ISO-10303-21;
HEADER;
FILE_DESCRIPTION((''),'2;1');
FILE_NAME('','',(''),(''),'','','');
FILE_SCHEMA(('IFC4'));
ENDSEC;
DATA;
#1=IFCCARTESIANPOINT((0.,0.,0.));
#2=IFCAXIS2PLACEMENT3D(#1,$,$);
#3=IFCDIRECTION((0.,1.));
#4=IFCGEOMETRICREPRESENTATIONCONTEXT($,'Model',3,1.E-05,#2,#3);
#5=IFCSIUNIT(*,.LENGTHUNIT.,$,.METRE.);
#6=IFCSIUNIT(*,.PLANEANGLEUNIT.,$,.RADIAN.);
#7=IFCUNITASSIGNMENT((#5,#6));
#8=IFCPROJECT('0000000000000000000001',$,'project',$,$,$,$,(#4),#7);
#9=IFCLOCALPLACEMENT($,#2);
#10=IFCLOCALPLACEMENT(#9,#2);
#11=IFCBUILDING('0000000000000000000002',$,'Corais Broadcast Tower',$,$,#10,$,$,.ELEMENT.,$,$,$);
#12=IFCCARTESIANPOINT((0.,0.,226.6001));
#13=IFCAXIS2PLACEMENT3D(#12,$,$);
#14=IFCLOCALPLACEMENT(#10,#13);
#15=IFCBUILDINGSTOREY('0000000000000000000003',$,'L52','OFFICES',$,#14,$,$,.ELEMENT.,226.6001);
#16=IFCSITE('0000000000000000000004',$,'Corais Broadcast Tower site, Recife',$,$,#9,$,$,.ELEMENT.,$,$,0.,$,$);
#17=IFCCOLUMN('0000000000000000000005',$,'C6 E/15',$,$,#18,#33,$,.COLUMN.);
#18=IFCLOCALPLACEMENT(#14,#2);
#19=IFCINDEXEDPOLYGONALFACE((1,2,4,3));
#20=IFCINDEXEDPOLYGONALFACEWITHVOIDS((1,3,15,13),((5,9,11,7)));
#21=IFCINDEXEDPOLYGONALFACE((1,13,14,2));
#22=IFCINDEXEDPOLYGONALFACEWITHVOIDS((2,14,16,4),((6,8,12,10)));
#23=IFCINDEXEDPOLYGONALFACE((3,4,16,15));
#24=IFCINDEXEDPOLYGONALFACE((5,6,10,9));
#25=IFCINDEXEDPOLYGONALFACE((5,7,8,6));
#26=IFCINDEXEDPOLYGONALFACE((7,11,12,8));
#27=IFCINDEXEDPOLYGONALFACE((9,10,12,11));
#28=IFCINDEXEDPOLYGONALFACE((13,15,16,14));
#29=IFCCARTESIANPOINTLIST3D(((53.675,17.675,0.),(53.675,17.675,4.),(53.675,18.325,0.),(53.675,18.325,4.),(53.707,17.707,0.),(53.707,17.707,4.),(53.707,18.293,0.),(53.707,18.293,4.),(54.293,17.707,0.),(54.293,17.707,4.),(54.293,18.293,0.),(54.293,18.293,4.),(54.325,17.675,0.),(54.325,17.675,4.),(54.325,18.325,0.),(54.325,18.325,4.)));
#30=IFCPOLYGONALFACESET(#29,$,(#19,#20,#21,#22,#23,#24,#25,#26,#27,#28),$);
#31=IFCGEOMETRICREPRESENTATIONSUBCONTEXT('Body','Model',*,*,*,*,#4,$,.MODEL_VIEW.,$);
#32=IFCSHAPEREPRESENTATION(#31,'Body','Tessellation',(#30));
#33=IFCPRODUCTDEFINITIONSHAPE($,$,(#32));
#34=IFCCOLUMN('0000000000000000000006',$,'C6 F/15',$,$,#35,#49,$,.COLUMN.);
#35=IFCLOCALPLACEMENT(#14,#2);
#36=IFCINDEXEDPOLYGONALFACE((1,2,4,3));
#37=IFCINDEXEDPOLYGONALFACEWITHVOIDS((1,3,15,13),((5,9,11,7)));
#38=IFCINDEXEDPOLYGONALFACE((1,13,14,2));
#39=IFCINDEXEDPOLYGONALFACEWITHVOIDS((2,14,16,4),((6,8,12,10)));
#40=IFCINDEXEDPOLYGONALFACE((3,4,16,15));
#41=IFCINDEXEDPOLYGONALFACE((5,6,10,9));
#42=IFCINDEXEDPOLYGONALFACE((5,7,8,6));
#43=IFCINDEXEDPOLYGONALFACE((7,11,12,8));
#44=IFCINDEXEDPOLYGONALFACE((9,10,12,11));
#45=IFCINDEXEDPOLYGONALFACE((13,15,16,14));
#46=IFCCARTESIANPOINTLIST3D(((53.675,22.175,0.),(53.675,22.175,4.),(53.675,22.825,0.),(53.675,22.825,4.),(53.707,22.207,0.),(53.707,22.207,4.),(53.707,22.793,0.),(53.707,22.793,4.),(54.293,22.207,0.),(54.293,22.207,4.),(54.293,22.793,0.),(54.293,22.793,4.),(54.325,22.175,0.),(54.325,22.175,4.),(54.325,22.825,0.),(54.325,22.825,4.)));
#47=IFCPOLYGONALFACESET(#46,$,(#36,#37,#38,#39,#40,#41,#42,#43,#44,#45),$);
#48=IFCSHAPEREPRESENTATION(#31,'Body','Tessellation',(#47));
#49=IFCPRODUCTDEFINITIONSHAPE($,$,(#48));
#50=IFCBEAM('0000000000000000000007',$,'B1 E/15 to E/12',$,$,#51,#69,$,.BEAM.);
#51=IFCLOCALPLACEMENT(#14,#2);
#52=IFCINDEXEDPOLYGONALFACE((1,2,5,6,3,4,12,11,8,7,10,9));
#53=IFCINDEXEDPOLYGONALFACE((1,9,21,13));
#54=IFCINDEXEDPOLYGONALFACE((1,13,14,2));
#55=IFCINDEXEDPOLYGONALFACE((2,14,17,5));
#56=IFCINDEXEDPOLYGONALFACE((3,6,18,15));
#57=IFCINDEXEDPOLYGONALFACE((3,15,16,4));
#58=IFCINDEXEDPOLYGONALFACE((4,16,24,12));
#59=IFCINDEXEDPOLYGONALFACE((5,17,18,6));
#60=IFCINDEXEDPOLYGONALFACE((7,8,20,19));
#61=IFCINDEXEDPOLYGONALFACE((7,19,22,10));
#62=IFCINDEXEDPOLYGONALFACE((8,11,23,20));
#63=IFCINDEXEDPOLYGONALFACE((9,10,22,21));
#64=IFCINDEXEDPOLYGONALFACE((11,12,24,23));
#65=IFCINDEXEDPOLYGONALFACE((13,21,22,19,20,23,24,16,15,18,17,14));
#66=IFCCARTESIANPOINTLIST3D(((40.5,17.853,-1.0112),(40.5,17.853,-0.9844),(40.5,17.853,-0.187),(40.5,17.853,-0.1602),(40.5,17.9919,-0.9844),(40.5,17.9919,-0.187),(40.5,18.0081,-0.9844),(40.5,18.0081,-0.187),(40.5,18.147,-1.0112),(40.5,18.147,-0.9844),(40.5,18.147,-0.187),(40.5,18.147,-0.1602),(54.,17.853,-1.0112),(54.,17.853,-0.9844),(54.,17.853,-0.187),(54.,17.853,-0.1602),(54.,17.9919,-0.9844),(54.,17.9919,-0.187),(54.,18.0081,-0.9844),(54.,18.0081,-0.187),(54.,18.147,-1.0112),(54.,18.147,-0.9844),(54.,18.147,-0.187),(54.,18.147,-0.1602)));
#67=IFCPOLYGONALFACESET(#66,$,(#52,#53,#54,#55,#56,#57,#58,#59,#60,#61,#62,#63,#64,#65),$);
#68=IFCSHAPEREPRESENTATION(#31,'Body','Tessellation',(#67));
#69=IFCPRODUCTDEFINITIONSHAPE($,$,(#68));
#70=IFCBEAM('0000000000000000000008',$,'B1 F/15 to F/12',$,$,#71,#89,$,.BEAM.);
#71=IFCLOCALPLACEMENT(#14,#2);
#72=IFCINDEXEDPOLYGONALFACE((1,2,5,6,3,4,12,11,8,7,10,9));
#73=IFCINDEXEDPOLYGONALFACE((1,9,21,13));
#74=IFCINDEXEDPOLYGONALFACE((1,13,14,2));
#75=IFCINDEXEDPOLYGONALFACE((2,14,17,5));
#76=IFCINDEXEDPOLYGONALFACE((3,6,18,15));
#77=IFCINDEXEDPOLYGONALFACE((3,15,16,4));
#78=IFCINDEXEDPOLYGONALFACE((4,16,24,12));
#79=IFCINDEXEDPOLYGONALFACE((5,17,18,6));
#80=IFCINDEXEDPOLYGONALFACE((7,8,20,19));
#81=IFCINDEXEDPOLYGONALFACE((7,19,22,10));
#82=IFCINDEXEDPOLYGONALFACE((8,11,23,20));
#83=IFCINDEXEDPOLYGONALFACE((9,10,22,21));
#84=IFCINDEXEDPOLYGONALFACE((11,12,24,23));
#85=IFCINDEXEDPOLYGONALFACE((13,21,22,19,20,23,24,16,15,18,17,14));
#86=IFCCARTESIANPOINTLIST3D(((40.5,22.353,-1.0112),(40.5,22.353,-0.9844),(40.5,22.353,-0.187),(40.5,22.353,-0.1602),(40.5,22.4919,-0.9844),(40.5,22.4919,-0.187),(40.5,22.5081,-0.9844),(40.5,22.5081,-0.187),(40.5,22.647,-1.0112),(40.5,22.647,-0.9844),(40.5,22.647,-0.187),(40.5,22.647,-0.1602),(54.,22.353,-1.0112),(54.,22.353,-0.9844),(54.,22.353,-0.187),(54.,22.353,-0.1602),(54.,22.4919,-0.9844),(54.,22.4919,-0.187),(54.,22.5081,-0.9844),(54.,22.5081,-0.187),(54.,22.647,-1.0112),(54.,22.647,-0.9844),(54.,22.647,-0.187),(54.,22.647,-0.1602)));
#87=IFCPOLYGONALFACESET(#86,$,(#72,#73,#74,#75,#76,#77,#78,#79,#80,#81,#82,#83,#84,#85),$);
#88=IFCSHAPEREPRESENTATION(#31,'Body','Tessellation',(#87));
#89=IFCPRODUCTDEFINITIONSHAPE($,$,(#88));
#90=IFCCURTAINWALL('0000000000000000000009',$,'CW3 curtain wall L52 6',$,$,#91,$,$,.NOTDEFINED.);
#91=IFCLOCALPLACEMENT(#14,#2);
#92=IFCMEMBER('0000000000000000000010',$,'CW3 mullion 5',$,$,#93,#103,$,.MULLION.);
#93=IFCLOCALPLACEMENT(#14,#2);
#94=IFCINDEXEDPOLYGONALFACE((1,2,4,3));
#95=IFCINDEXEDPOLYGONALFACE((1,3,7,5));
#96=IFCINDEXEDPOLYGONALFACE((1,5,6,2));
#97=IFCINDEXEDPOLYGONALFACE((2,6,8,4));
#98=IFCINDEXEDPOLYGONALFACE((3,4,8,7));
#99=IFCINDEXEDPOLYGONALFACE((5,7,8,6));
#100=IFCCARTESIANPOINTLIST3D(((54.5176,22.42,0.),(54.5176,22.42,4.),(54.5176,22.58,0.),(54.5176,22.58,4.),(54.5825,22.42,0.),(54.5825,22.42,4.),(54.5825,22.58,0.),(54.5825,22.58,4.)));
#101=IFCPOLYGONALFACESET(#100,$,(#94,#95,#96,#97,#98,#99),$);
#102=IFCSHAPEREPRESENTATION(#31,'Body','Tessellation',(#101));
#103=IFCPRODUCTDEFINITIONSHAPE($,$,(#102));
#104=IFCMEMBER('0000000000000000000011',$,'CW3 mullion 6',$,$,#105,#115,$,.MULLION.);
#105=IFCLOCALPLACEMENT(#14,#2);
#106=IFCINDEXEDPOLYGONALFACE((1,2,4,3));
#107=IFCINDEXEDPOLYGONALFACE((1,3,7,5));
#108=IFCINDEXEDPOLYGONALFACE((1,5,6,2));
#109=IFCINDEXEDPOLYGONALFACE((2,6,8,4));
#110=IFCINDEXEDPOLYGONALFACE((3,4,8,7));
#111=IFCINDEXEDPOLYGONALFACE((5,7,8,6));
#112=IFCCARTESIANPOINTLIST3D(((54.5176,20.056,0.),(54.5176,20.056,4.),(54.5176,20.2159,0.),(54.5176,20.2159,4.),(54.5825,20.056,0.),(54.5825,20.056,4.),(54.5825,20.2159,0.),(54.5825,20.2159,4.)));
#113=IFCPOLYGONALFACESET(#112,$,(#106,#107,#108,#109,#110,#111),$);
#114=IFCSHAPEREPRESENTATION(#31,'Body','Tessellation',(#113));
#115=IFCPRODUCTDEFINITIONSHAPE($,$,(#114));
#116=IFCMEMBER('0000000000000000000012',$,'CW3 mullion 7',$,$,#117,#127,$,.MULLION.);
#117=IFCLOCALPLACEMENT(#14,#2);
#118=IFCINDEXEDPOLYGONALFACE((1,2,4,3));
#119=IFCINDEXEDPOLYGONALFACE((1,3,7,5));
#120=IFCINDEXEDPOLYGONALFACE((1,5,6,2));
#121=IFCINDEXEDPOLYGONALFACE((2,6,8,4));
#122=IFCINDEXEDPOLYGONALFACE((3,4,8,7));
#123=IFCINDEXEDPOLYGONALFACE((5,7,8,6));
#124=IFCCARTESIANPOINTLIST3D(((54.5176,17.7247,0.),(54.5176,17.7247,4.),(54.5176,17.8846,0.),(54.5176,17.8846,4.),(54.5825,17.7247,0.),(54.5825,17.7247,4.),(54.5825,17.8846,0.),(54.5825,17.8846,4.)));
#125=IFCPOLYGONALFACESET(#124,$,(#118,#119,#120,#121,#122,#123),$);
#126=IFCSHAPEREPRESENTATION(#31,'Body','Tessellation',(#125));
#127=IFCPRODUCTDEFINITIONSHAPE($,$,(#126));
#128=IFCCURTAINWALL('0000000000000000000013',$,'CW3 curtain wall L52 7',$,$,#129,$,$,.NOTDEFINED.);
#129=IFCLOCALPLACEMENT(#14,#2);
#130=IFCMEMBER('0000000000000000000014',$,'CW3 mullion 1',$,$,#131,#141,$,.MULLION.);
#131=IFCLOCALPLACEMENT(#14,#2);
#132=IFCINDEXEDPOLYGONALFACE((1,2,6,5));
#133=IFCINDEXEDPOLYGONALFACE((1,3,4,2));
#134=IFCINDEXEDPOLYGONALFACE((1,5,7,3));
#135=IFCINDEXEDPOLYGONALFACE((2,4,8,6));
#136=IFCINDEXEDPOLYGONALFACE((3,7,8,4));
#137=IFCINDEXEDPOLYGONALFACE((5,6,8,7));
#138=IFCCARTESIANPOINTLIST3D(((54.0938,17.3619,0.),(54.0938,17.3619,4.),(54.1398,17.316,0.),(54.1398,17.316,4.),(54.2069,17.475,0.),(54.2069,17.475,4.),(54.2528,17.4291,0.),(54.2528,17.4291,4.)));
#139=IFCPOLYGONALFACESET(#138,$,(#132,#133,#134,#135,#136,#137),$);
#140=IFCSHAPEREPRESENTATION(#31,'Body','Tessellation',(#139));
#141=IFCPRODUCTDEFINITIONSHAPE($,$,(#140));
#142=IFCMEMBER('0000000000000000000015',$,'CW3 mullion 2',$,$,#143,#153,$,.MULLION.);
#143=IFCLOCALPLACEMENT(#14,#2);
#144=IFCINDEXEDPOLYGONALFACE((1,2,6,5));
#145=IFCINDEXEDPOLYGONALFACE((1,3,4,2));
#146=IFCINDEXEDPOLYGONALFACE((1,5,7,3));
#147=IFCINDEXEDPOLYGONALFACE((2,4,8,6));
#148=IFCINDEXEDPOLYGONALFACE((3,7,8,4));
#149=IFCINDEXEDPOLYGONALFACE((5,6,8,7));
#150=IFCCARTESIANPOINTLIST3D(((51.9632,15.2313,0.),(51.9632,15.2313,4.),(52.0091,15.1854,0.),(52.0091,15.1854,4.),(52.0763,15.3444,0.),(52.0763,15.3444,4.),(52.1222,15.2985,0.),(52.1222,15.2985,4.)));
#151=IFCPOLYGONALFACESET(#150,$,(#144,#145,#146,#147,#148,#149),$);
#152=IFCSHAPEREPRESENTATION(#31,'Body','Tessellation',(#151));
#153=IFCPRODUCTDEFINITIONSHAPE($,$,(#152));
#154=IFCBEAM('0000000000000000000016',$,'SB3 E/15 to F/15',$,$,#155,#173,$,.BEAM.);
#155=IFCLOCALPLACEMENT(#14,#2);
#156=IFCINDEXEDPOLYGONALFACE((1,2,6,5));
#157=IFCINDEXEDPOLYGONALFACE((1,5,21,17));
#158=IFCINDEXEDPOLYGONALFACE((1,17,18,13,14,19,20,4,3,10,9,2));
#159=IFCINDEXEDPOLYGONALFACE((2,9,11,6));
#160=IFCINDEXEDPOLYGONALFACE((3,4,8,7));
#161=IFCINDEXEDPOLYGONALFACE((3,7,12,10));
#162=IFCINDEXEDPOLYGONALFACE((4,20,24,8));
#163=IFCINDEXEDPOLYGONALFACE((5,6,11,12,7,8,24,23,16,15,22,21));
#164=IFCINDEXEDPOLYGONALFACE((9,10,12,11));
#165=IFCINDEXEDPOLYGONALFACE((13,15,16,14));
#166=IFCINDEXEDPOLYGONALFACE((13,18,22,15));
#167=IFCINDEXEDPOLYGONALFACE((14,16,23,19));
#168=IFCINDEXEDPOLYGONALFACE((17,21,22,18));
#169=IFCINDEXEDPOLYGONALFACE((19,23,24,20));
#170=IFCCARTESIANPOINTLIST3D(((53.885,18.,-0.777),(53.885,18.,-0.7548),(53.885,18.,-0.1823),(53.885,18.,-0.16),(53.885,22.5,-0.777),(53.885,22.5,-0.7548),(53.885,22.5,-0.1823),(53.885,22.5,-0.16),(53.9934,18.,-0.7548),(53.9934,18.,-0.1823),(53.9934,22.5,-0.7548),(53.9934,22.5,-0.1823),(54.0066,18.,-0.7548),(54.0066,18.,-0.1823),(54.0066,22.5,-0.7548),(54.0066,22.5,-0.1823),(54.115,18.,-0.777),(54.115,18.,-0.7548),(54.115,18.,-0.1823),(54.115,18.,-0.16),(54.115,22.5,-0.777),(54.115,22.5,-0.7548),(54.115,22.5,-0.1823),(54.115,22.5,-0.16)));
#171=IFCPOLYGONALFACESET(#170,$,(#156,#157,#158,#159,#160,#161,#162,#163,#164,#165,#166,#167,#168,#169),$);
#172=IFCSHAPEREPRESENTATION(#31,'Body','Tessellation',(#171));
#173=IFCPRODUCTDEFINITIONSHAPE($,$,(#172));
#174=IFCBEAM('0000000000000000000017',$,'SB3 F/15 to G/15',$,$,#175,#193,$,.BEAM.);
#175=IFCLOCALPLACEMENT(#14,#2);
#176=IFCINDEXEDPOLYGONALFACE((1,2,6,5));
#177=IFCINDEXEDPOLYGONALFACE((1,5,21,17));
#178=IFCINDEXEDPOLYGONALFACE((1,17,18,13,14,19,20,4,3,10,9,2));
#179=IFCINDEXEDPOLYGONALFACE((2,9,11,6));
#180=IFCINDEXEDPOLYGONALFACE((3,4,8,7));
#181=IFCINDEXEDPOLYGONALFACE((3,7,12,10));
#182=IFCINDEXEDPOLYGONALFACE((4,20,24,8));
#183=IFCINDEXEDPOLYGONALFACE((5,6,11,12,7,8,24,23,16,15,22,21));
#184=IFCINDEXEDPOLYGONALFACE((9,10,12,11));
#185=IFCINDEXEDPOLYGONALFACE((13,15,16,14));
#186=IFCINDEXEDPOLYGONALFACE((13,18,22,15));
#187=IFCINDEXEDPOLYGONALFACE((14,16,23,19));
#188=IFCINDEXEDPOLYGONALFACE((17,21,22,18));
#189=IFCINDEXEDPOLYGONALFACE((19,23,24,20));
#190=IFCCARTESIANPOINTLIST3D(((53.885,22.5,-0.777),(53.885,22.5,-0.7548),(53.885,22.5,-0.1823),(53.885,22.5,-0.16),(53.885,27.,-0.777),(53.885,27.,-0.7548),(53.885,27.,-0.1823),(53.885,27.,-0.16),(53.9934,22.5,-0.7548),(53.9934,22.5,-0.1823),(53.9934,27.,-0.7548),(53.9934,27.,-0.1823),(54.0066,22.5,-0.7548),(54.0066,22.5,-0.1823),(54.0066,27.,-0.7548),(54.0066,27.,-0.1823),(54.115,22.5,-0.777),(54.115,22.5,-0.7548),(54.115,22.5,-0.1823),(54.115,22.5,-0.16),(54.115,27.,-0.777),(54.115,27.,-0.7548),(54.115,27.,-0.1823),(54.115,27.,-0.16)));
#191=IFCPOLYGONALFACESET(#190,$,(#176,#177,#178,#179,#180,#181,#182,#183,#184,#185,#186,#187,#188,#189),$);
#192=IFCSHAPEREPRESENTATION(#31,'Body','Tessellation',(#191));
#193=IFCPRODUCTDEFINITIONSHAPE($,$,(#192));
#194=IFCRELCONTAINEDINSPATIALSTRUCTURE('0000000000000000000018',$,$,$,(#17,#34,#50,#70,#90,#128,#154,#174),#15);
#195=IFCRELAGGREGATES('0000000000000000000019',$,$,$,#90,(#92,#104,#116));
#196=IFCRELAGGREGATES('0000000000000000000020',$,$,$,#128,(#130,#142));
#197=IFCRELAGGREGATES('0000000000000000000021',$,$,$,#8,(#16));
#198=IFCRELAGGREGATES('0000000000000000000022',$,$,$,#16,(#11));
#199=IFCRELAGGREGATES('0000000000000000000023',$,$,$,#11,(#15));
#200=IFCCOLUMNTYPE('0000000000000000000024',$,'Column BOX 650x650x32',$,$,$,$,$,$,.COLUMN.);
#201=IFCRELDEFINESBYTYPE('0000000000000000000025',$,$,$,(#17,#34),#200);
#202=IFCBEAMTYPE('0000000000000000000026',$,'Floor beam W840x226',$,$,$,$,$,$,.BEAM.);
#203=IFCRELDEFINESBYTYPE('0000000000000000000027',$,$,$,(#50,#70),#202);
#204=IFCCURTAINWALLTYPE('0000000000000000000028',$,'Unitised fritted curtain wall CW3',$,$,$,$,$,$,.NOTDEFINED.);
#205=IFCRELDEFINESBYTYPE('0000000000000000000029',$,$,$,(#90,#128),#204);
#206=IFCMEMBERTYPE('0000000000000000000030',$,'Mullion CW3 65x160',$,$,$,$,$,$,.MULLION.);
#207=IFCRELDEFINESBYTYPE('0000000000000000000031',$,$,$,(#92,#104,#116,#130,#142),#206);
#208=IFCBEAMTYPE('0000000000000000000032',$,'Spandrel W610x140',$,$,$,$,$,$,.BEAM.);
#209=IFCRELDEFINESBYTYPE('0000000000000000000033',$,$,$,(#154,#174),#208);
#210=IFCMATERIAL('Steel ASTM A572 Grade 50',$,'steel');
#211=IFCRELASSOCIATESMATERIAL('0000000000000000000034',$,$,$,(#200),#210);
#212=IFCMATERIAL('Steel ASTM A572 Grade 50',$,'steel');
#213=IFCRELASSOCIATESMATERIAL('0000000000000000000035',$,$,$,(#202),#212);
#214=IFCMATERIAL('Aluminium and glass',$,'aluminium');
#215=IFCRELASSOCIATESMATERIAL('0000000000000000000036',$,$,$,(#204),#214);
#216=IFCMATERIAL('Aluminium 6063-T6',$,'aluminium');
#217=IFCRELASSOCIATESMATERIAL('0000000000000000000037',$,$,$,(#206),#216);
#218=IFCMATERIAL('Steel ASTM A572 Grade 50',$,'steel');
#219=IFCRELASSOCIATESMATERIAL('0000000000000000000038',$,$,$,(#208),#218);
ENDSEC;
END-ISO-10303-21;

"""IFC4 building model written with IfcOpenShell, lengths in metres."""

from ifc_helpers import new_model, si_unit, direction, frame, origin, origin_2d, place, context, subcontext, project, spatial, rectangle, hollow_rectangle, i_section, extrude, material, material_profile, profile_set, type_object, element, aggregate, save


model = new_model("IFC4")

# Units and contexts
model_context = context("Model", 3, precision=1e-05, world=origin(), true_north=direction((0.0, 1.0)))
body_context = subcontext(model_context, "Body", "Model", "MODEL_VIEW")
ifc_project = project(units=[si_unit("LENGTHUNIT", "METRE"), si_unit("PLANEANGLEUNIT", "RADIAN")], contexts=[model_context])

# Site, building, storey
site_placement = place(None, origin())
site = spatial("IfcSite", under=ifc_project, at=site_placement, Name="Corais Broadcast Tower site, Recife", CompositionType="ELEMENT", RefElevation=0.0)
building_placement = place(site_placement, origin())
building = spatial("IfcBuilding", under=site, at=building_placement, Name="Corais Broadcast Tower", CompositionType="ELEMENT")
storey_placement = place(building_placement, frame((0.0, 0.0, 226.6001)))
storey = spatial("IfcBuildingStorey", under=building, at=storey_placement, Name="L52", Description="OFFICES", CompositionType="ELEMENT", Elevation=226.6001)

# Columns
ifc_material_1 = material(Name="Steel ASTM A572 Grade 50", Category="steel")
ifc_material_profile_1 = material_profile(ifc_material_1, hollow_rectangle(XDim=0.6499, YDim=0.6499, WallThickness=0.032, at=origin_2d()), Name="BOX 650x650x32")
ifc_profile_set_1 = profile_set([ifc_material_profile_1], Name="Steel ASTM A572 Grade 50")
column_type = type_object("IfcColumnType", Name="Column BOX 650x650x32", PredefinedType="COLUMN", material=ifc_profile_set_1)
for number, where, z_axis, x_axis, name in (
    (1, (54.0, 18.0, 0.0), (0.0, 0.0, 1.0), (1.0, 0.0, 0.0), "C6 E/15"),
    (2, (54.0, 22.5, 0.0), (0.0, 0.0, 1.0), (1.0, 0.0, 0.0), "C6 F/15"),
):
    element("IfcColumn", number, at=place(storey_placement, frame(where, z_axis=z_axis, x_axis=x_axis)), inside=storey, type_object=column_type, Name=name, PredefinedType="COLUMN", context=body_context, shape_type="SweptSolid", body=[
        extrude(hollow_rectangle(XDim=0.6499, YDim=0.6499, WallThickness=0.032, at=origin_2d()), origin(), (0.0, 0.0, 1.0), 4.0),
    ])

# Beams
ifc_material_2 = material(Name="Steel ASTM A572 Grade 50", Category="steel")
ifc_material_profile_2 = material_profile(ifc_material_2, i_section(OverallWidth=0.2939, OverallDepth=0.8511, WebThickness=0.0161, FlangeThickness=0.0269, at=origin_2d()), Name="W840x226")
ifc_profile_set_2 = profile_set([ifc_material_profile_2], Name="Steel ASTM A572 Grade 50")
beam_type_1 = type_object("IfcBeamType", Name="Floor beam W840x226", PredefinedType="BEAM", material=ifc_profile_set_2)
for number, where, z_axis, x_axis, name in (
    (3, (54.0, 18.0, -0.5857), (-1.0, 0.0, 0.0), (0.0, -1.0, 0.0), "B1 E/15 to E/12"),
    (4, (54.0, 22.5, -0.5857), (-1.0, 0.0, 0.0), (0.0, -1.0, 0.0), "B1 F/15 to F/12"),
):
    element("IfcBeam", number, at=place(storey_placement, frame(where, z_axis=z_axis, x_axis=x_axis)), inside=storey, type_object=beam_type_1, Name=name, PredefinedType="BEAM", context=body_context, shape_type="SweptSolid", body=[
        extrude(i_section(OverallWidth=0.2939, OverallDepth=0.8511, WebThickness=0.0161, FlangeThickness=0.0269, at=origin_2d()), origin(), (0.0, 0.0, 1.0), 13.5),
    ])

# Curtain walls, members
ifc_material_3 = material(Name="Aluminium and glass", Category="aluminium")
curtain_wall_type = type_object("IfcCurtainWallType", Name="Unitised fritted curtain wall CW3", PredefinedType="NOTDEFINED", material=ifc_material_3)
curtain_wall_1_placement = place(storey_placement, origin())
curtain_wall_1 = element("IfcCurtainWall", 5, at=curtain_wall_1_placement, inside=storey, type_object=curtain_wall_type, Name="CW3 curtain wall L52 6", PredefinedType="NOTDEFINED")
ifc_material_4 = material(Name="Aluminium 6063-T6", Category="aluminium")
ifc_material_profile_3 = material_profile(ifc_material_4, rectangle(XDim=0.0649, YDim=0.1599, at=origin_2d()), Name="Mullion CW3 65x160")
ifc_profile_set_3 = profile_set([ifc_material_profile_3], Name="Aluminium 6063-T6")
member_type_1 = type_object("IfcMemberType", Name="Mullion CW3 65x160", PredefinedType="MULLION", material=ifc_profile_set_3)
member_1_placement = place(storey_placement, frame((54.55, 22.5, 0.0), z_axis=(0.0, 0.0, 1.0), x_axis=(1.0, 0.0, 0.0)))
member_1 = element("IfcMember", 6, at=member_1_placement, type_object=member_type_1, Name="CW3 mullion 5", PredefinedType="MULLION", context=body_context, shape_type="SweptSolid", body=[
    extrude(rectangle(XDim=0.0649, YDim=0.1599, at=origin_2d()), origin(), (0.0, 0.0, 1.0), 4.0),
])
member_2_placement = place(storey_placement, frame((54.55, 20.136, 0.0), z_axis=(0.0, 0.0, 1.0), x_axis=(1.0, 0.0, 0.0)))
member_2 = element("IfcMember", 7, at=member_2_placement, type_object=member_type_1, Name="CW3 mullion 6", PredefinedType="MULLION", context=body_context, shape_type="SweptSolid", body=[
    extrude(rectangle(XDim=0.0649, YDim=0.1599, at=origin_2d()), origin(), (0.0, 0.0, 1.0), 4.0),
])
member_3_placement = place(storey_placement, frame((54.55, 17.8047, 0.0), z_axis=(0.0, 0.0, 1.0), x_axis=(1.0, 0.0, 0.0)))
member_3 = element("IfcMember", 8, at=member_3_placement, type_object=member_type_1, Name="CW3 mullion 7", PredefinedType="MULLION", context=body_context, shape_type="SweptSolid", body=[
    extrude(rectangle(XDim=0.0649, YDim=0.1599, at=origin_2d()), origin(), (0.0, 0.0, 1.0), 4.0),
])
curtain_wall_2_placement = place(storey_placement, origin())
curtain_wall_2 = element("IfcCurtainWall", 9, at=curtain_wall_2_placement, inside=storey, type_object=curtain_wall_type, Name="CW3 curtain wall L52 7", PredefinedType="NOTDEFINED")
member_4_placement = place(storey_placement, frame((54.1733, 17.3955, 0.0), z_axis=(0.0, 0.0, 1.0), x_axis=(0.707107, -0.707107, 0.0)))
member_4 = element("IfcMember", 10, at=member_4_placement, type_object=member_type_1, Name="CW3 mullion 1", PredefinedType="MULLION", context=body_context, shape_type="SweptSolid", body=[
    extrude(rectangle(XDim=0.0649, YDim=0.1599, at=origin_2d()), origin(), (0.0, 0.0, 1.0), 4.0),
])
member_5_placement = place(storey_placement, frame((52.0427, 15.2649, 0.0), z_axis=(0.0, 0.0, 1.0), x_axis=(0.707107, -0.707107, 0.0)))
member_5 = element("IfcMember", 11, at=member_5_placement, type_object=member_type_1, Name="CW3 mullion 2", PredefinedType="MULLION", context=body_context, shape_type="SweptSolid", body=[
    extrude(rectangle(XDim=0.0649, YDim=0.1599, at=origin_2d()), origin(), (0.0, 0.0, 1.0), 4.0),
])

# Beams
ifc_material_5 = material(Name="Steel ASTM A572 Grade 50", Category="steel")
ifc_material_profile_4 = material_profile(ifc_material_5, i_section(OverallWidth=0.23, OverallDepth=0.6169, WebThickness=0.0132, FlangeThickness=0.0222, at=origin_2d()), Name="W610x140")
ifc_profile_set_4 = profile_set([ifc_material_profile_4], Name="Steel ASTM A572 Grade 50")
beam_type_2 = type_object("IfcBeamType", Name="Spandrel W610x140", PredefinedType="BEAM", material=ifc_profile_set_4)
for number, where, z_axis, x_axis, name in (
    (12, (54.0, 18.0, -0.4685), (0.0, 1.0, 0.0), (-1.0, 0.0, 0.0), "SB3 E/15 to F/15"),
    (13, (54.0, 22.5, -0.4685), (0.0, 1.0, 0.0), (-1.0, 0.0, 0.0), "SB3 F/15 to G/15"),
):
    element("IfcBeam", number, at=place(storey_placement, frame(where, z_axis=z_axis, x_axis=x_axis)), inside=storey, type_object=beam_type_2, Name=name, PredefinedType="BEAM", context=body_context, shape_type="SweptSolid", body=[
        extrude(i_section(OverallWidth=0.23, OverallDepth=0.6169, WebThickness=0.0132, FlangeThickness=0.0222, at=origin_2d()), origin(), (0.0, 0.0, 1.0), 4.5),
    ])

aggregate(curtain_wall_1, [member_1, member_2, member_3])
aggregate(curtain_wall_2, [member_4, member_5])

save(model, "model.ifc")
